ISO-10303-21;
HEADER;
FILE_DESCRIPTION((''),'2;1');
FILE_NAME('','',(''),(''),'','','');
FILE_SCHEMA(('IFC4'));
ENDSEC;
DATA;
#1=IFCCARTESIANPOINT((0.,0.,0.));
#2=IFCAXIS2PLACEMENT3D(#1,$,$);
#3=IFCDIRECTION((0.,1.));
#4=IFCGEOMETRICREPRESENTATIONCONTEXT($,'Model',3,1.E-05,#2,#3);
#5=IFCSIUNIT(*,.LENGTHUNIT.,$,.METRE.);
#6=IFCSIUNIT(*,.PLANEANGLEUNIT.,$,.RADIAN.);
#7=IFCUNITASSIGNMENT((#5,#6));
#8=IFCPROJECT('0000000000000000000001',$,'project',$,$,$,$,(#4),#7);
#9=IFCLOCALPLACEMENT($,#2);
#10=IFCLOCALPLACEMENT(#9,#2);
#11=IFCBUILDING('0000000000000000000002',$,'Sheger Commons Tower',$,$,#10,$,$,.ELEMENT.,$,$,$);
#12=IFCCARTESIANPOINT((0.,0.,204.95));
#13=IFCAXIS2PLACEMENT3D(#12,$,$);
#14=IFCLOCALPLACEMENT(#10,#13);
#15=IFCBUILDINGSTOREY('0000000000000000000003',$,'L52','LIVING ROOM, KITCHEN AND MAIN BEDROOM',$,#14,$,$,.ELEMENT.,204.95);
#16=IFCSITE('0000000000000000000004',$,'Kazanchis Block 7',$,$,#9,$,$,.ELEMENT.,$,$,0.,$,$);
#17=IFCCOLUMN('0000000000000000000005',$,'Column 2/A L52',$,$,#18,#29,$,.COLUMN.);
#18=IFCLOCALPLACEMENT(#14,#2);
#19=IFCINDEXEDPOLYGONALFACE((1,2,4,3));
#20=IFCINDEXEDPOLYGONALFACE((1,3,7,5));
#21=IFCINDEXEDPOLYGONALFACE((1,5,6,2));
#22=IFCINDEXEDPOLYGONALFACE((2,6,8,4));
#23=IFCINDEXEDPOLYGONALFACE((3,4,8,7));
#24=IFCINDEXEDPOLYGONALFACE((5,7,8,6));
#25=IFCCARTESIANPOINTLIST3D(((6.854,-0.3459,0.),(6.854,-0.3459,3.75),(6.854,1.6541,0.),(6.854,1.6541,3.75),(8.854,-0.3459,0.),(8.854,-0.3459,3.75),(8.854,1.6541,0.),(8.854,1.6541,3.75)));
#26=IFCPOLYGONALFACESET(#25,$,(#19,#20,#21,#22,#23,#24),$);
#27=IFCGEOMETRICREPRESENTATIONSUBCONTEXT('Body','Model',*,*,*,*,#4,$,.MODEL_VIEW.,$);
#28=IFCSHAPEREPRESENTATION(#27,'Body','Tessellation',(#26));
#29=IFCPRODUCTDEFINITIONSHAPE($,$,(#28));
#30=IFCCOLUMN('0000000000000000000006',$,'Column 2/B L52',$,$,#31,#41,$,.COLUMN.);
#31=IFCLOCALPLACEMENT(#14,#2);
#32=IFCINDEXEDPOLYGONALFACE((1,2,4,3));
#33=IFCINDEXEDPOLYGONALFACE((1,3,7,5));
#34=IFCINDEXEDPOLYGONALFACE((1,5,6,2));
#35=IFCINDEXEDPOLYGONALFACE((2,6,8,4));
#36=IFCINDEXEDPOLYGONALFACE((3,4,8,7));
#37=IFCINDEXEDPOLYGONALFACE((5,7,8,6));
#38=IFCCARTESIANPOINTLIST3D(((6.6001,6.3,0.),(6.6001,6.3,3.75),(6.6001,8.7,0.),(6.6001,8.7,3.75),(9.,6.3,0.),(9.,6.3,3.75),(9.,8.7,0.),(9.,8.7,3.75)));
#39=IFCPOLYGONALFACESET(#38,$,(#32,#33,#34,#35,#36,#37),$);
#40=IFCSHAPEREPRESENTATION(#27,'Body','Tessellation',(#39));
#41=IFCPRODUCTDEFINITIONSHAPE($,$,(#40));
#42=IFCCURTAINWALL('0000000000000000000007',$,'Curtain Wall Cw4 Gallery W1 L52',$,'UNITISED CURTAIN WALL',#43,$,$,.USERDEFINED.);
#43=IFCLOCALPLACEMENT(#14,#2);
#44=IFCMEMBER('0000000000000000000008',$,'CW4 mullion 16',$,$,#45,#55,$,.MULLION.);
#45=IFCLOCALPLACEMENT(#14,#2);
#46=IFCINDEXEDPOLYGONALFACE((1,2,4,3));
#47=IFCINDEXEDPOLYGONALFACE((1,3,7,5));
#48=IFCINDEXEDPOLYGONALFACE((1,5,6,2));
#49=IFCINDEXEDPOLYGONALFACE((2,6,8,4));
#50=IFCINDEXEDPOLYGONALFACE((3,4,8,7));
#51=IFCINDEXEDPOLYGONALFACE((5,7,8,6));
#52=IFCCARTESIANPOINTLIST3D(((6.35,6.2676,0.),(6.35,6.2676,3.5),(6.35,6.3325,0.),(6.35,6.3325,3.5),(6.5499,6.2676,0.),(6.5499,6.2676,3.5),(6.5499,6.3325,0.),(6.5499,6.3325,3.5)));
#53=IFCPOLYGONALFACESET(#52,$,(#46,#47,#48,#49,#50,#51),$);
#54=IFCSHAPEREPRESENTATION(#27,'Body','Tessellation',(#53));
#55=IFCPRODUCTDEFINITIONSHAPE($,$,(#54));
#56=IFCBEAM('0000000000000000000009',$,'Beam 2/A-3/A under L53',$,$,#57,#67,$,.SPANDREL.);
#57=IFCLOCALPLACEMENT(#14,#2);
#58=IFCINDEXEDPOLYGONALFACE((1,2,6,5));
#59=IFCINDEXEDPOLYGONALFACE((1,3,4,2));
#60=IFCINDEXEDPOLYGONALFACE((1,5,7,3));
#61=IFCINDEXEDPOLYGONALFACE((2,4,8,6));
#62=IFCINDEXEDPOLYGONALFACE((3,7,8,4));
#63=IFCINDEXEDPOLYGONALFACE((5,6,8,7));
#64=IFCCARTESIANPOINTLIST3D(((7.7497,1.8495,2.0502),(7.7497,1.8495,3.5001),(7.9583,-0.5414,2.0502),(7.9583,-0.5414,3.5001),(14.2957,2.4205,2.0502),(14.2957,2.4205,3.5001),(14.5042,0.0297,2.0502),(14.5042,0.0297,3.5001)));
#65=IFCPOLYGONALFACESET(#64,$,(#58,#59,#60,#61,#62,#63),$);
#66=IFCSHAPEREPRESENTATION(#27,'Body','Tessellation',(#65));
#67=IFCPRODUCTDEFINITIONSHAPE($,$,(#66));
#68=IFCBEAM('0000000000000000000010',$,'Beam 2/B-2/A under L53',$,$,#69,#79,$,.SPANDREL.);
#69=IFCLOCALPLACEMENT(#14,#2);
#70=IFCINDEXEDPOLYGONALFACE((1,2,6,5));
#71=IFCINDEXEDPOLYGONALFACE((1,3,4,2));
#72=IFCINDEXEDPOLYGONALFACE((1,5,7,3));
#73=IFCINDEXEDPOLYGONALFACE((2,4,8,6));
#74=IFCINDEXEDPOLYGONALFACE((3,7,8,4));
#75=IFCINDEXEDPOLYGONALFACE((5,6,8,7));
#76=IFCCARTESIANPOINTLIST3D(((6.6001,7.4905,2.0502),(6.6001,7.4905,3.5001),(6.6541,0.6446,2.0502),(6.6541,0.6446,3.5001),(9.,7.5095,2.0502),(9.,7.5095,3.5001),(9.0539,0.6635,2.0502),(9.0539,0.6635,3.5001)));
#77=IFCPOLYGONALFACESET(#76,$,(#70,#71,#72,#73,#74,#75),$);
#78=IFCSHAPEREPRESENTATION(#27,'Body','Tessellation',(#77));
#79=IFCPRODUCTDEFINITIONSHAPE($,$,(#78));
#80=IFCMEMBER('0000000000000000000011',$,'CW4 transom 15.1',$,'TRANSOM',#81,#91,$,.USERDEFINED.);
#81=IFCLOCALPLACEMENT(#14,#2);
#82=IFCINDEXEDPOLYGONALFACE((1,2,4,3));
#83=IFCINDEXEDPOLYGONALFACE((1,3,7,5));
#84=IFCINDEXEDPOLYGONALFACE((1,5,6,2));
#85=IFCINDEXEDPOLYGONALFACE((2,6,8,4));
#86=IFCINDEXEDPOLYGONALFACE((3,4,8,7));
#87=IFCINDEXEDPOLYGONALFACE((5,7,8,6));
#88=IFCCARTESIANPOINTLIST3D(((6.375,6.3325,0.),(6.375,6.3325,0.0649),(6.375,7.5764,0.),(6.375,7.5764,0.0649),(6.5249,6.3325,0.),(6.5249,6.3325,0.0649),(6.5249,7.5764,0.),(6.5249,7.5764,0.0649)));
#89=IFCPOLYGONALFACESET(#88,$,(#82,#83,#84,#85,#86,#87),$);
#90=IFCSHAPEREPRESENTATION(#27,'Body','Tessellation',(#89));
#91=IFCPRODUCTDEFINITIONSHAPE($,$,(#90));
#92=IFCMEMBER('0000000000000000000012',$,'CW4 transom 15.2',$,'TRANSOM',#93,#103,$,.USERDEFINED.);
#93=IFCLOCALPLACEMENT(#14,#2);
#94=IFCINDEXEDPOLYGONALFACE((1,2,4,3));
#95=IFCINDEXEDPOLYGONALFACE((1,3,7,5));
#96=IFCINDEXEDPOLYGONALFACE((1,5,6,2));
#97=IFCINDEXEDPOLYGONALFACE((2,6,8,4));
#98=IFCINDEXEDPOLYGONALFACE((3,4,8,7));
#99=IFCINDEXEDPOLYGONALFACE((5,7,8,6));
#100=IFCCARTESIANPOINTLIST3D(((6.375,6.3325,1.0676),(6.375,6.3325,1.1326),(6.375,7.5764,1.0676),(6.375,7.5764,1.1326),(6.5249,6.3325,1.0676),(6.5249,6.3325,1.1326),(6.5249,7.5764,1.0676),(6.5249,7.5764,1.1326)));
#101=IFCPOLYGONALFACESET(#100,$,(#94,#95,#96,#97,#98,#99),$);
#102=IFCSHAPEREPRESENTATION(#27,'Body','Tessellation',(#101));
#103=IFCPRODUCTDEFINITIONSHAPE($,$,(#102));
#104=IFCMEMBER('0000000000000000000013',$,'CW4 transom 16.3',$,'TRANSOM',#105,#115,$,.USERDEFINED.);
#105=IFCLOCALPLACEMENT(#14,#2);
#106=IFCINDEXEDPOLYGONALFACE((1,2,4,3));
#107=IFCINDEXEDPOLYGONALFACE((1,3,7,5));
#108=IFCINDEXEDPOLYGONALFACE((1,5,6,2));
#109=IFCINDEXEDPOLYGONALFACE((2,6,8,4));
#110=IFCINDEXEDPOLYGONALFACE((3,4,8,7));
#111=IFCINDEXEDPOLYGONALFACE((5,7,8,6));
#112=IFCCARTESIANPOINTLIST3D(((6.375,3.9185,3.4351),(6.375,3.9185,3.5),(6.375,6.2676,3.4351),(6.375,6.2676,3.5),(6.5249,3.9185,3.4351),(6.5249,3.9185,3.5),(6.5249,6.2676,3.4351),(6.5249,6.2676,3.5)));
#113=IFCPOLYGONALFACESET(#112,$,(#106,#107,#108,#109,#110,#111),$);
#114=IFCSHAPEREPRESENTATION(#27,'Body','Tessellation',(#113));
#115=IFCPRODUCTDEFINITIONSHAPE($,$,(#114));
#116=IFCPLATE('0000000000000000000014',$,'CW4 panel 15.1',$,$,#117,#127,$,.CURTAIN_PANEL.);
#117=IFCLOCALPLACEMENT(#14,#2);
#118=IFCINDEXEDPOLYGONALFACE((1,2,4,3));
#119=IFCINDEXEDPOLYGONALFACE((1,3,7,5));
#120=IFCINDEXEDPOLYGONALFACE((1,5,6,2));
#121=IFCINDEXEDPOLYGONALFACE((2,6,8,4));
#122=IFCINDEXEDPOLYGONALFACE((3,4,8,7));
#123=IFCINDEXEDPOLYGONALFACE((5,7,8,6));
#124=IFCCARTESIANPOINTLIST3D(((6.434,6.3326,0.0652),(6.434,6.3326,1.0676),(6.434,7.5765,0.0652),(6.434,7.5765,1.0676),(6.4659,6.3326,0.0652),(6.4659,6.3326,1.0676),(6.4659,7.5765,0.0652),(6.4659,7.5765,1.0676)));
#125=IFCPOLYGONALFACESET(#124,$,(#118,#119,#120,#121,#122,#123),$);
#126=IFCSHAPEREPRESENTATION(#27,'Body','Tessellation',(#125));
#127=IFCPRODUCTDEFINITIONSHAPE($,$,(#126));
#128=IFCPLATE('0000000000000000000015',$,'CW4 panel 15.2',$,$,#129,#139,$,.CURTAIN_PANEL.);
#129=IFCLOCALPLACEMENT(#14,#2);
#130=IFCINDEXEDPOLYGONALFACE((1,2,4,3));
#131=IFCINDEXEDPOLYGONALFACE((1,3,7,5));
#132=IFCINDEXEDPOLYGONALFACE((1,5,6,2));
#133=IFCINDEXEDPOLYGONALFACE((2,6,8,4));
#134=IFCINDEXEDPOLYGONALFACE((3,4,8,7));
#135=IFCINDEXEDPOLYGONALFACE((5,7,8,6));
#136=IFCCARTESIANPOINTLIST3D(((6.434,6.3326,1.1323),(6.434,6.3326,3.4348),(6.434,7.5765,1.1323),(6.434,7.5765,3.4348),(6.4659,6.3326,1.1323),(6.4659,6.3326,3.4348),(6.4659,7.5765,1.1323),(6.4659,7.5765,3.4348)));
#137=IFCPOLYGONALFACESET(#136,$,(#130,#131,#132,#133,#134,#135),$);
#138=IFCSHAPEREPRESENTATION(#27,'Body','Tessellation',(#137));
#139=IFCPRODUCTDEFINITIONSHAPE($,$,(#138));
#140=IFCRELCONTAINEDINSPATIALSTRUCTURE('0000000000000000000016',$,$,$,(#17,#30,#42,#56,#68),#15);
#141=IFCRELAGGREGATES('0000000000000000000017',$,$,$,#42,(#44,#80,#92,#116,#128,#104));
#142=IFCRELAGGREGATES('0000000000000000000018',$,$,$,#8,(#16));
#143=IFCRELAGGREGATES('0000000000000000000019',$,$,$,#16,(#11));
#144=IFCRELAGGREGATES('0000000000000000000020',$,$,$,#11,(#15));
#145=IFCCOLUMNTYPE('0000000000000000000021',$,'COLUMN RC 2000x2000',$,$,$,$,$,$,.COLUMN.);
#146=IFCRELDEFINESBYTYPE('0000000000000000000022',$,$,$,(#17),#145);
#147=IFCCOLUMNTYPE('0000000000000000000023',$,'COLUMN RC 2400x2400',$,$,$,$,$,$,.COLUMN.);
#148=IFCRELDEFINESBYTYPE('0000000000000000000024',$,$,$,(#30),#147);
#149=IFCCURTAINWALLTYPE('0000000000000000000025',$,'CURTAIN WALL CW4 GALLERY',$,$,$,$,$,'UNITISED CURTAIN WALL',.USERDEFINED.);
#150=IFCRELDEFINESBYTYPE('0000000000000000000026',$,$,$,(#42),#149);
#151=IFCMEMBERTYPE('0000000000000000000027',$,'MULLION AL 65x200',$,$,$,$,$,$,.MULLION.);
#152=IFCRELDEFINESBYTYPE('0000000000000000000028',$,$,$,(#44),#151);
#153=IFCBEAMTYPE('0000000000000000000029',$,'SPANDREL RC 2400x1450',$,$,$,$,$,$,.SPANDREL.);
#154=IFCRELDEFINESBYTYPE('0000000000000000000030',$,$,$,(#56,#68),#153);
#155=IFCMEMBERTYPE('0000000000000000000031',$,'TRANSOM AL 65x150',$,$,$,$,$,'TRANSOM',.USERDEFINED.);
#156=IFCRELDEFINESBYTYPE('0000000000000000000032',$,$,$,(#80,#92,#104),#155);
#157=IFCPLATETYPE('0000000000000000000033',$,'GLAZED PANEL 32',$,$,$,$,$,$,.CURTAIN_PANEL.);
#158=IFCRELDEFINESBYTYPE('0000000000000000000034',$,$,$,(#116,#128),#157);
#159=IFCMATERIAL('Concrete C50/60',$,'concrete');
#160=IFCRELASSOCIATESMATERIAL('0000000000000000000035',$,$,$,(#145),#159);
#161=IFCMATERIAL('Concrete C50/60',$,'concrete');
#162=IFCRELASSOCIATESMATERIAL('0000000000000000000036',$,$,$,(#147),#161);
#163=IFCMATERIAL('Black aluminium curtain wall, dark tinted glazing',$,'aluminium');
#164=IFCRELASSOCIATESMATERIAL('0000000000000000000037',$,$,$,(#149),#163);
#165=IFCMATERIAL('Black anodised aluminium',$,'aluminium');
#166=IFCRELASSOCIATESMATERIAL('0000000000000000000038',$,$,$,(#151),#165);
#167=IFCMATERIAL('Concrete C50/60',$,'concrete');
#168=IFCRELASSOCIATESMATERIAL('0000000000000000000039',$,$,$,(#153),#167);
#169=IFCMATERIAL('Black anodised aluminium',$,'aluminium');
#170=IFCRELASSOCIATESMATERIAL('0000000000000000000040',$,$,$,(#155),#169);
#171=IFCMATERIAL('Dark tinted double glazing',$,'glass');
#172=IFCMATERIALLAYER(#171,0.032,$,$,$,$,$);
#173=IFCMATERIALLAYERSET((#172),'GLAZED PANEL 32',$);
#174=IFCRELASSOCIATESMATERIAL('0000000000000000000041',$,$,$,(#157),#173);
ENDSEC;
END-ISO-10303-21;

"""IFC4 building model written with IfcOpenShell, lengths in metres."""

from ifc_helpers import new_model, si_unit, direction, frame, origin, origin_2d, place, context, subcontext, project, spatial, rectangle, extrude, material, layer, layer_set, material_profile, profile_set, type_object, element, aggregate, save


model = new_model("IFC4")

# Units and contexts
model_context = context("Model", 3, precision=1e-05, world=origin(), true_north=direction((0.0, 1.0)))
body_context = subcontext(model_context, "Body", "Model", "MODEL_VIEW")
ifc_project = project(units=[si_unit("LENGTHUNIT", "METRE"), si_unit("PLANEANGLEUNIT", "RADIAN")], contexts=[model_context])

# Site, building, storey
site_placement = place(None, origin())
site = spatial("IfcSite", under=ifc_project, at=site_placement, Name="Kazanchis Block 7", CompositionType="ELEMENT", RefElevation=0.0)
building_placement = place(site_placement, origin())
building = spatial("IfcBuilding", under=site, at=building_placement, Name="Sheger Commons Tower", CompositionType="ELEMENT")
storey_placement = place(building_placement, frame((0.0, 0.0, 204.95)))
storey = spatial("IfcBuildingStorey", under=building, at=storey_placement, Name="L52", Description="LIVING ROOM, KITCHEN AND MAIN BEDROOM", CompositionType="ELEMENT", Elevation=204.95)

# Columns
ifc_material_1 = material(Name="Concrete C50/60", Category="concrete")
ifc_material_profile_1 = material_profile(ifc_material_1, rectangle(XDim=2.0, YDim=2.0, at=origin_2d()), Name="RC 2000x2000")
ifc_profile_set_1 = profile_set([ifc_material_profile_1], Name="Concrete C50/60")
column_type_1 = type_object("IfcColumnType", Name="COLUMN RC 2000x2000", PredefinedType="COLUMN", material=ifc_profile_set_1)
column_1_placement = place(storey_placement, frame((7.854, 0.6541, 0.0), z_axis=(0.0, 0.0, 1.0), x_axis=(1.0, 0.0, 0.0)))
element("IfcColumn", 1, at=column_1_placement, inside=storey, type_object=column_type_1, Name="Column 2/A L52", PredefinedType="COLUMN", context=body_context, shape_type="SweptSolid", body=[
    extrude(rectangle(XDim=2.0, YDim=2.0, at=origin_2d()), origin(), (0.0, 0.0, 1.0), 3.75),
])
ifc_material_2 = material(Name="Concrete C50/60", Category="concrete")
ifc_material_profile_2 = material_profile(ifc_material_2, rectangle(XDim=2.3999, YDim=2.3999, at=origin_2d()), Name="RC 2400x2400")
ifc_profile_set_2 = profile_set([ifc_material_profile_2], Name="Concrete C50/60")
column_type_2 = type_object("IfcColumnType", Name="COLUMN RC 2400x2400", PredefinedType="COLUMN", material=ifc_profile_set_2)
column_2_placement = place(storey_placement, frame((7.8, 7.5, 0.0), z_axis=(0.0, 0.0, 1.0), x_axis=(1.0, 0.0, 0.0)))
element("IfcColumn", 2, at=column_2_placement, inside=storey, type_object=column_type_2, Name="Column 2/B L52", PredefinedType="COLUMN", context=body_context, shape_type="SweptSolid", body=[
    extrude(rectangle(XDim=2.3999, YDim=2.3999, at=origin_2d()), origin(), (0.0, 0.0, 1.0), 3.75),
])

# Curtain wall, member
ifc_material_3 = material(Name="Black aluminium curtain wall, dark tinted glazing", Category="aluminium")
curtain_wall_type = type_object("IfcCurtainWallType", Name="CURTAIN WALL CW4 GALLERY", ElementType="UNITISED CURTAIN WALL", PredefinedType="USERDEFINED", material=ifc_material_3)
curtain_wall_placement = place(storey_placement, origin())
curtain_wall = element("IfcCurtainWall", 3, at=curtain_wall_placement, inside=storey, type_object=curtain_wall_type, Name="Curtain Wall Cw4 Gallery W1 L52", ObjectType="UNITISED CURTAIN WALL", PredefinedType="USERDEFINED")
ifc_material_4 = material(Name="Black anodised aluminium", Category="aluminium")
ifc_material_profile_3 = material_profile(ifc_material_4, rectangle(XDim=0.2, YDim=0.0649, at=origin_2d()), Name="AL 65x200")
ifc_profile_set_3 = profile_set([ifc_material_profile_3], Name="Black anodised aluminium")
member_type_1 = type_object("IfcMemberType", Name="MULLION AL 65x200", PredefinedType="MULLION", material=ifc_profile_set_3)
member_1_placement = place(storey_placement, frame((6.45, 6.3, 0.0), z_axis=(0.0, 0.0, 1.0), x_axis=(1.0, 0.0, 0.0)))
member_1 = element("IfcMember", 4, at=member_1_placement, type_object=member_type_1, Name="CW4 mullion 16", PredefinedType="MULLION", context=body_context, shape_type="SweptSolid", body=[
    extrude(rectangle(XDim=0.2, YDim=0.0649, at=origin_2d()), origin(), (0.0, 0.0, 1.0), 3.5),
])

# Beams
ifc_material_5 = material(Name="Concrete C50/60", Category="concrete")
ifc_material_profile_4 = material_profile(ifc_material_5, rectangle(XDim=2.3999, YDim=1.45, at=origin_2d()), Name="RC 2400x1450")
ifc_profile_set_4 = profile_set([ifc_material_profile_4], Name="Concrete C50/60")
beam_type = type_object("IfcBeamType", Name="SPANDREL RC 2400x1450", PredefinedType="SPANDREL", material=ifc_profile_set_4)
beam_1_placement = place(storey_placement, frame((7.854, 0.6541, 2.7751), z_axis=(0.996216, 0.086907, 0.0), x_axis=(-0.086907, 0.996216, 0.0)))
element("IfcBeam", 5, at=beam_1_placement, inside=storey, type_object=beam_type, Name="Beam 2/A-3/A under L53", PredefinedType="SPANDREL", context=body_context, shape_type="SweptSolid", body=[
    extrude(rectangle(XDim=2.3999, YDim=1.45, at=origin_2d()), origin(), (0.0, 0.0, 1.0), 6.5708),
])
beam_2_placement = place(storey_placement, frame((7.8, 7.5, 2.7751), z_axis=(0.007881, -0.999969, 0.0), x_axis=(0.999969, 0.007881, 0.0)))
element("IfcBeam", 6, at=beam_2_placement, inside=storey, type_object=beam_type, Name="Beam 2/B-2/A under L53", PredefinedType="SPANDREL", context=body_context, shape_type="SweptSolid", body=[
    extrude(rectangle(XDim=2.3999, YDim=1.45, at=origin_2d()), origin(), (0.0, 0.0, 1.0), 6.8462),
])

# Members
ifc_material_6 = material(Name="Black anodised aluminium", Category="aluminium")
ifc_material_profile_5 = material_profile(ifc_material_6, rectangle(XDim=0.1499, YDim=0.0649, at=origin_2d()), Name="AL 65x150")
ifc_profile_set_5 = profile_set([ifc_material_profile_5], Name="Black anodised aluminium")
member_type_2 = type_object("IfcMemberType", Name="TRANSOM AL 65x150", ElementType="TRANSOM", PredefinedType="USERDEFINED", material=ifc_profile_set_5)
member_2_placement = place(storey_placement, frame((6.45, 7.5764, 0.0325), z_axis=(0.0, -1.0, 0.0), x_axis=(1.0, 0.0, 0.0)))
member_2 = element("IfcMember", 7, at=member_2_placement, type_object=member_type_2, Name="CW4 transom 15.1", ObjectType="TRANSOM", PredefinedType="USERDEFINED", context=body_context, shape_type="SweptSolid", body=[
    extrude(rectangle(XDim=0.1499, YDim=0.0649, at=origin_2d()), origin(), (0.0, 0.0, 1.0), 1.2439),
])
member_3_placement = place(storey_placement, frame((6.45, 7.5764, 1.1001), z_axis=(0.0, -1.0, 0.0), x_axis=(1.0, 0.0, 0.0)))
member_3 = element("IfcMember", 8, at=member_3_placement, type_object=member_type_2, Name="CW4 transom 15.2", ObjectType="TRANSOM", PredefinedType="USERDEFINED", context=body_context, shape_type="SweptSolid", body=[
    extrude(rectangle(XDim=0.1499, YDim=0.0649, at=origin_2d()), origin(), (0.0, 0.0, 1.0), 1.2439),
])
member_4_placement = place(storey_placement, frame((6.45, 6.2676, 3.4675), z_axis=(0.0, -1.0, 0.0), x_axis=(1.0, 0.0, 0.0)))
member_4 = element("IfcMember", 9, at=member_4_placement, type_object=member_type_2, Name="CW4 transom 16.3", ObjectType="TRANSOM", PredefinedType="USERDEFINED", context=body_context, shape_type="SweptSolid", body=[
    extrude(rectangle(XDim=0.1499, YDim=0.0649, at=origin_2d()), origin(), (0.0, 0.0, 1.0), 2.3491),
])

# Plates
ifc_material_7 = material(Name="Dark tinted double glazing", Category="glass")
ifc_layer_1 = layer(ifc_material_7, 0.032)
ifc_layer_set_1 = layer_set([ifc_layer_1], Name="GLAZED PANEL 32")
plate_type = type_object("IfcPlateType", Name="GLAZED PANEL 32", PredefinedType="CURTAIN_PANEL", material=ifc_layer_set_1)
plate_1_placement = place(storey_placement, frame((6.45, 6.9546, 0.0652), z_axis=(0.0, 0.0, 1.0), x_axis=(0.0, -1.0, 0.0)))
plate_1 = element("IfcPlate", 10, at=plate_1_placement, type_object=plate_type, Name="CW4 panel 15.1", PredefinedType="CURTAIN_PANEL", context=body_context, shape_type="SweptSolid", body=[
    extrude(rectangle(XDim=1.2439, YDim=0.032, at=origin_2d()), origin(), (0.0, 0.0, 1.0), 1.0024),
])
plate_2_placement = place(storey_placement, frame((6.45, 6.9546, 1.1323), z_axis=(0.0, 0.0, 1.0), x_axis=(0.0, -1.0, 0.0)))
plate_2 = element("IfcPlate", 11, at=plate_2_placement, type_object=plate_type, Name="CW4 panel 15.2", PredefinedType="CURTAIN_PANEL", context=body_context, shape_type="SweptSolid", body=[
    extrude(rectangle(XDim=1.2439, YDim=0.032, at=origin_2d()), origin(), (0.0, 0.0, 1.0), 2.3025),
])
aggregate(curtain_wall, [member_1, member_2, member_3, plate_1, plate_2, member_4])

save(model, "model.ifc")
